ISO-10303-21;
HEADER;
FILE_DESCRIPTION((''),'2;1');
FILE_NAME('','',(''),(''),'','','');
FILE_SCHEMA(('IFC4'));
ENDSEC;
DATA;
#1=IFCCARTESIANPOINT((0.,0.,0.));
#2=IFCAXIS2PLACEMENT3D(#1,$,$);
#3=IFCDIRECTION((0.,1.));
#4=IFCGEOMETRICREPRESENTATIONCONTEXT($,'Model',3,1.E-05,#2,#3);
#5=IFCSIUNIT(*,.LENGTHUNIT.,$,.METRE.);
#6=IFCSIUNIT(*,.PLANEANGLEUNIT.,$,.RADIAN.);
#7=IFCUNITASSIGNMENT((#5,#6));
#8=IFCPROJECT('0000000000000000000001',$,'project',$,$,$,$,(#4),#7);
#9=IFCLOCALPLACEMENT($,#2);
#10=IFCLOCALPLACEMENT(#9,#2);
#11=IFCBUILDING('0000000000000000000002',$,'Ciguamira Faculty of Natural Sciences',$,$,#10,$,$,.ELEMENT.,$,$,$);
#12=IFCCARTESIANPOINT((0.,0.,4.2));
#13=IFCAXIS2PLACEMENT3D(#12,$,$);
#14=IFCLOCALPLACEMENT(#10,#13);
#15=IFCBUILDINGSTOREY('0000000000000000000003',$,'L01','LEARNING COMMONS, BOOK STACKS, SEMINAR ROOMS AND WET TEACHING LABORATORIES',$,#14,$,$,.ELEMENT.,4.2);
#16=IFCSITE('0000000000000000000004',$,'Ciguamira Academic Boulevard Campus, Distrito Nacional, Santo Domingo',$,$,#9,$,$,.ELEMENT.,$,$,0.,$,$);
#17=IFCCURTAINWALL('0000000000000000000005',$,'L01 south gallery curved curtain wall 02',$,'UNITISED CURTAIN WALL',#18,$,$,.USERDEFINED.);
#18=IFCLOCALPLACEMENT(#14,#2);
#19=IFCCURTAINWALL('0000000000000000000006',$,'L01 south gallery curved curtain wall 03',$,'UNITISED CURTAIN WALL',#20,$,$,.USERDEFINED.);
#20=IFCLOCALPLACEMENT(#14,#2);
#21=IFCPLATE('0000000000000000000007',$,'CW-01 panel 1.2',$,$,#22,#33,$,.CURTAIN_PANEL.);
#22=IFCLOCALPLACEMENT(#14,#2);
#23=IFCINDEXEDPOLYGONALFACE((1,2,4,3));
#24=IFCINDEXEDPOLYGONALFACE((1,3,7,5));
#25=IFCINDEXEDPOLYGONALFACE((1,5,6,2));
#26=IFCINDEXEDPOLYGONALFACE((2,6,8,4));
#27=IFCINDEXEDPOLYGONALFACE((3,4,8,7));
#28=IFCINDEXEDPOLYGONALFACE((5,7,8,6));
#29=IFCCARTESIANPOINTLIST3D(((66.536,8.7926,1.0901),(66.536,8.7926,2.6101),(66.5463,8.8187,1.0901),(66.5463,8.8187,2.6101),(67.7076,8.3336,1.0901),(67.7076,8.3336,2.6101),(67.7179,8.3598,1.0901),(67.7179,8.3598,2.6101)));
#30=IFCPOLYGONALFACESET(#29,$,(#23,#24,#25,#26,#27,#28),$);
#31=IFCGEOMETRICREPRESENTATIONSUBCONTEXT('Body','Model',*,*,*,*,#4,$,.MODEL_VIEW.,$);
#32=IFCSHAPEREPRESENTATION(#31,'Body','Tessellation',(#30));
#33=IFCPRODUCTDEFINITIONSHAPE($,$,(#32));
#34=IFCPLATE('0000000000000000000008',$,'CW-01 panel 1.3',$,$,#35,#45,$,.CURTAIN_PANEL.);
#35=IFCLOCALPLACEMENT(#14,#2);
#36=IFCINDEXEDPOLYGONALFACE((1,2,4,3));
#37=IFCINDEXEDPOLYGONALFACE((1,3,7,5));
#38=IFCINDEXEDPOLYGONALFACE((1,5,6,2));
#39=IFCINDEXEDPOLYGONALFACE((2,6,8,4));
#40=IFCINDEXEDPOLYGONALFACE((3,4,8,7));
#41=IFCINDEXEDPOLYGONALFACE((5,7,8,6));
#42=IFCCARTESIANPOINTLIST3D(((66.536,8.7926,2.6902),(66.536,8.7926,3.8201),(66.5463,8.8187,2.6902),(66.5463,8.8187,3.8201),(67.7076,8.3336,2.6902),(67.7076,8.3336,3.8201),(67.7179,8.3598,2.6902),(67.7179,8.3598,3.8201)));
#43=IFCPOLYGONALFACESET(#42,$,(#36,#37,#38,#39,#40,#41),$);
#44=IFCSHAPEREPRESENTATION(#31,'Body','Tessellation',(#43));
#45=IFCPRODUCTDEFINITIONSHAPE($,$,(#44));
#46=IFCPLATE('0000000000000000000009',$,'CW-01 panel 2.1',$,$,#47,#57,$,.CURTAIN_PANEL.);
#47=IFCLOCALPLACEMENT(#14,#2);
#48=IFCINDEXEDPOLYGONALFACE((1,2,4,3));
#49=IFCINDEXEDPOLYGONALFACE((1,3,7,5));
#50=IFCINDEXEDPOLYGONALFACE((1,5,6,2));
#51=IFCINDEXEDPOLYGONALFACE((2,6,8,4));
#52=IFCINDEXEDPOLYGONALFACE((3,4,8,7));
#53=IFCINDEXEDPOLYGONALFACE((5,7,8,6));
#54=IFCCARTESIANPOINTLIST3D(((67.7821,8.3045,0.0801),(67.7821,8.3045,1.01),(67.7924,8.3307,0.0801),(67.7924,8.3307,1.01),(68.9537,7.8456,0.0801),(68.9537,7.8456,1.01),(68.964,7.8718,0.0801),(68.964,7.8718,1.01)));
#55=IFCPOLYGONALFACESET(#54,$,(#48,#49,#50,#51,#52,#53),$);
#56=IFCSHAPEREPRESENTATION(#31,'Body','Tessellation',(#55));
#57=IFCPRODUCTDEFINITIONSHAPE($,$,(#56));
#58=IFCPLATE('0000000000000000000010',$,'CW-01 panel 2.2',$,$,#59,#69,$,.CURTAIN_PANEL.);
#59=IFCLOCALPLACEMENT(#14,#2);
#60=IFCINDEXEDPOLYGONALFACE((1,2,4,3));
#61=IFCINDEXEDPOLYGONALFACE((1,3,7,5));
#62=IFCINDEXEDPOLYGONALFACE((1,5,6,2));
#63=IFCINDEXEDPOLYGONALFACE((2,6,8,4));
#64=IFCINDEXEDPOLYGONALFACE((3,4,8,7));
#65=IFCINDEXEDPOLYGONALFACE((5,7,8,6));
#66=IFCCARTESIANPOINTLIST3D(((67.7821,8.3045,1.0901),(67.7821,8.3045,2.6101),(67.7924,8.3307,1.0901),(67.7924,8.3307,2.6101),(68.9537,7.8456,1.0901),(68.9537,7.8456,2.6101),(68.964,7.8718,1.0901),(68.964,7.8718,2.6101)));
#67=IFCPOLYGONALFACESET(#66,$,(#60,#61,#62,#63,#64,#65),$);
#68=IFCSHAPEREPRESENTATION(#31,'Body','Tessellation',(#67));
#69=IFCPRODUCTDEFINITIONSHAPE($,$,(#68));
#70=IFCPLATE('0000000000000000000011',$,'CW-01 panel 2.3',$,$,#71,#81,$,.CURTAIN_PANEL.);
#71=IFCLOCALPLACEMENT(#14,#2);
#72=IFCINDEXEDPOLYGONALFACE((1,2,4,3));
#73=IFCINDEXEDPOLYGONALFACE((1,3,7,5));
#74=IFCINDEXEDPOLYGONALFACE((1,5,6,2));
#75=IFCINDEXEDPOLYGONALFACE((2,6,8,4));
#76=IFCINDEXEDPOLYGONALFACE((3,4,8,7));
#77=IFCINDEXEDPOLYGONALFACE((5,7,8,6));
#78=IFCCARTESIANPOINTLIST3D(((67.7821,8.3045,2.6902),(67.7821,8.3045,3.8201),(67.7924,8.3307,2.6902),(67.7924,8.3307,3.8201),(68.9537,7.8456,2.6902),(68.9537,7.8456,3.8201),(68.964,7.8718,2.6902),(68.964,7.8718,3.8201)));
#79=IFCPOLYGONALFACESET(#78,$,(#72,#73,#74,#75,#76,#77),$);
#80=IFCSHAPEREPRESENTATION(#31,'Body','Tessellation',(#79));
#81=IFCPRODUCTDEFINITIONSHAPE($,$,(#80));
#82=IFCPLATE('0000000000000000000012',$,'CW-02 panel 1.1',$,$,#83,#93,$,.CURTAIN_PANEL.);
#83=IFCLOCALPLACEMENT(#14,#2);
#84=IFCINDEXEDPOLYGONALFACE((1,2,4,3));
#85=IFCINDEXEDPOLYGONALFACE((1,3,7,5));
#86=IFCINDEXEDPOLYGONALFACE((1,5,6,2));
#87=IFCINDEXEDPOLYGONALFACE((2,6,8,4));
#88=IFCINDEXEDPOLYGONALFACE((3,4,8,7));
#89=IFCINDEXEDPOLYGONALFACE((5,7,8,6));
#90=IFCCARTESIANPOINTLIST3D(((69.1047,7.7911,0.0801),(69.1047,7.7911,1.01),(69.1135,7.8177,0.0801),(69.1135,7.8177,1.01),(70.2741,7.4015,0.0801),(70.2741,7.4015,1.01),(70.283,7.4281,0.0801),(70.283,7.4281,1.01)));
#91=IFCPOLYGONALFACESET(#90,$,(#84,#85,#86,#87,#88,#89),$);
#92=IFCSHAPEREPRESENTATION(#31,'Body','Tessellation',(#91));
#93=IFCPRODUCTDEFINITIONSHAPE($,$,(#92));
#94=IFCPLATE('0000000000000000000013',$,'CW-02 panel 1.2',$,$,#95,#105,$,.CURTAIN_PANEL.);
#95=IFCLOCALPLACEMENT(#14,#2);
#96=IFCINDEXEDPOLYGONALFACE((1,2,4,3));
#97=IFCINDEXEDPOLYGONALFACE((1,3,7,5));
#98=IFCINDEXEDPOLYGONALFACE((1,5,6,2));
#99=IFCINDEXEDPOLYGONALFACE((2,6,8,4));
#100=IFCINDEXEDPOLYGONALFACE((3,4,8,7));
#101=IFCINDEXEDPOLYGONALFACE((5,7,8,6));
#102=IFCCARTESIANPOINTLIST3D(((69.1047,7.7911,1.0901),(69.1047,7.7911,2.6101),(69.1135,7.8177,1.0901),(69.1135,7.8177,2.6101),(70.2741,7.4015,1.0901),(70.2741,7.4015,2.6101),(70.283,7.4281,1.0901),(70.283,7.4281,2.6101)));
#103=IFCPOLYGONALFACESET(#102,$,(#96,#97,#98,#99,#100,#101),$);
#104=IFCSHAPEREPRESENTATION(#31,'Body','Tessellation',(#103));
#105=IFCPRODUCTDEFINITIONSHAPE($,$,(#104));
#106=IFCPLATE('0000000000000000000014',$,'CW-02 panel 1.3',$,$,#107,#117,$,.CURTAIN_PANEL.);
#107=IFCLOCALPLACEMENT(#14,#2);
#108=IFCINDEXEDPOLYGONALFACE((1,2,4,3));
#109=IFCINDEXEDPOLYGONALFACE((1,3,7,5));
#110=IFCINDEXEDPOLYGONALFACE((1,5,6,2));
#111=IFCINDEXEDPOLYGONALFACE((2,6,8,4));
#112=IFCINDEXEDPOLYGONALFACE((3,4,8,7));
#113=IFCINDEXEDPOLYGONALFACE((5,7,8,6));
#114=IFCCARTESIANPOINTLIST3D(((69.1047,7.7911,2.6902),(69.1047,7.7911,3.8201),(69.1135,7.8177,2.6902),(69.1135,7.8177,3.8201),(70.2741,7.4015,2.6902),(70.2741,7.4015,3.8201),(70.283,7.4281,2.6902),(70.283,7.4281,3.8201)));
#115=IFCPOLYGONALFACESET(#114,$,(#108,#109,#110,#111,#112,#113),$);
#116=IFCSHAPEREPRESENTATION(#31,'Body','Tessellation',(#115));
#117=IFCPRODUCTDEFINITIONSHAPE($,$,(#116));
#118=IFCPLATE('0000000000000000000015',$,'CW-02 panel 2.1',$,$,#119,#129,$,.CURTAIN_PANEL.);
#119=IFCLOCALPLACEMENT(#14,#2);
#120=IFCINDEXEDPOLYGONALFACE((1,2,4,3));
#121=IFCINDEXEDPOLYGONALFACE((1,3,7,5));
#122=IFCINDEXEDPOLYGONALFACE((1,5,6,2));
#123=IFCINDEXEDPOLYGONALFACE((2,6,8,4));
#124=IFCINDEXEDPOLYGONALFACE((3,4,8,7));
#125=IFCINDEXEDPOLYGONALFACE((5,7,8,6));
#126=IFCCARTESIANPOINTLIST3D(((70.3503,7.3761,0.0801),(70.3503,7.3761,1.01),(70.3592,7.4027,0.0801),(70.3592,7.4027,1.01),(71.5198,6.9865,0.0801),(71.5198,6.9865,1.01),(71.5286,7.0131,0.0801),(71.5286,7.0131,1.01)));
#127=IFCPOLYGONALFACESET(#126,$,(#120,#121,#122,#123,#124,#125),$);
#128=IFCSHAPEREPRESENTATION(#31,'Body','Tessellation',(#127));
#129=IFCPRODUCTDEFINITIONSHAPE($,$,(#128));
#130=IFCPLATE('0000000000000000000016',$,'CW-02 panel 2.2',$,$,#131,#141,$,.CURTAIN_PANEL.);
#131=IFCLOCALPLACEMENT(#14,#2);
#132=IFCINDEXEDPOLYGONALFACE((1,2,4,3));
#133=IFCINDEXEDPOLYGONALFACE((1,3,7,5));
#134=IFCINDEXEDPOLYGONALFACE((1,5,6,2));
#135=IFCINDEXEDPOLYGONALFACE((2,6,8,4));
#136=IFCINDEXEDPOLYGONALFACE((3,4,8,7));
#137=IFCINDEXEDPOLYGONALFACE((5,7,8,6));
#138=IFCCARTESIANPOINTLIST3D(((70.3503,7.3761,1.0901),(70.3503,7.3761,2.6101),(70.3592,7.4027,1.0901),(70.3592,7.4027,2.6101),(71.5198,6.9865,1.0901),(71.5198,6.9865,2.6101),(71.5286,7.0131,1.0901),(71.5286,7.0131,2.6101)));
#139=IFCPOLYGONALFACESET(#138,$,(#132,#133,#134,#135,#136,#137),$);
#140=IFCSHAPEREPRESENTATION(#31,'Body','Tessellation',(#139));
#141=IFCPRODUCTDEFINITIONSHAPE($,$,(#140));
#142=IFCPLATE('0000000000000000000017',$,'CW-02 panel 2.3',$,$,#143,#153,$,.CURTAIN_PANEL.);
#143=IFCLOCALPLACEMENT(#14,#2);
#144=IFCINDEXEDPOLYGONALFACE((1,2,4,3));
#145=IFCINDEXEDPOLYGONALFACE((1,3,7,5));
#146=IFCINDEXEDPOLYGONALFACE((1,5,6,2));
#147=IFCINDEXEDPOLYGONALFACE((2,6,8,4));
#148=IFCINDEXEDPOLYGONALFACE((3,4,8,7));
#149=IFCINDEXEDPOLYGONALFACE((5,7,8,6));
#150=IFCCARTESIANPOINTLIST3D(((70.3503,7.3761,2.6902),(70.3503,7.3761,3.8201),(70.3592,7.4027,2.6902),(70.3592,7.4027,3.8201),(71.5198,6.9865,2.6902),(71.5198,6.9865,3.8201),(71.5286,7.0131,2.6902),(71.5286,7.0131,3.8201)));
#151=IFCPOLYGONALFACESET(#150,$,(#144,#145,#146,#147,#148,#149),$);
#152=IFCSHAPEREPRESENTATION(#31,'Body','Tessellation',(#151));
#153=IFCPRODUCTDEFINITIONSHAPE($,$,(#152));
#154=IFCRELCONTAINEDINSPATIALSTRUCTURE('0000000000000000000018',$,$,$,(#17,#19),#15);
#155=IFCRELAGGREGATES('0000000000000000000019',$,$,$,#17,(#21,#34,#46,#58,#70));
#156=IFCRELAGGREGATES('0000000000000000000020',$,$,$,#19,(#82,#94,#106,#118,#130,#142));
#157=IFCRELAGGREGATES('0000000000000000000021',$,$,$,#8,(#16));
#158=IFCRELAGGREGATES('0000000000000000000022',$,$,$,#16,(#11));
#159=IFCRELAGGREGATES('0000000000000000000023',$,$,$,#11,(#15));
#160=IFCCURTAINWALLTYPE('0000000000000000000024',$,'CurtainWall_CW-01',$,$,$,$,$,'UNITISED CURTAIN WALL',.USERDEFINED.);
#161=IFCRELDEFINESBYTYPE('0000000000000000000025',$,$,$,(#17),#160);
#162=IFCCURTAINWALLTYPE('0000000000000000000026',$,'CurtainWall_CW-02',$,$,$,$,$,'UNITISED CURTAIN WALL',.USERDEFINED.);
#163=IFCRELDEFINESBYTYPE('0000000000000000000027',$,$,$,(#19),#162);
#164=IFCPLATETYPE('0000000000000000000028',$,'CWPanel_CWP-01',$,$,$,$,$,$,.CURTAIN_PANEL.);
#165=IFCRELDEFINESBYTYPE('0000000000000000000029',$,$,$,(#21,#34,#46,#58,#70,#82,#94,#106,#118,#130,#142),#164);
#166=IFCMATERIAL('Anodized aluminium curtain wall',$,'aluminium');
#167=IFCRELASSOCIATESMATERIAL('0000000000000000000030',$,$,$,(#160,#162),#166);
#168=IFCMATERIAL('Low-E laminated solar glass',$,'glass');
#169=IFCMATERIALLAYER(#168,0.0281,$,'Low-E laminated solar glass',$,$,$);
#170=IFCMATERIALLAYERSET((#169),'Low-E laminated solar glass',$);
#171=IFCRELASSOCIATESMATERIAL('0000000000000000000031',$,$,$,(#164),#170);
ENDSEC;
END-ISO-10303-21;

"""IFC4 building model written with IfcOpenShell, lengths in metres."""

from ifc_helpers import new_model, si_unit, direction, frame, origin, origin_2d, place, context, subcontext, project, spatial, rectangle, extrude, material, layer, layer_set, type_object, element, aggregate, save


model = new_model("IFC4")

# Units and contexts
model_context = context("Model", 3, precision=1e-05, world=origin(), true_north=direction((0.0, 1.0)))
body_context = subcontext(model_context, "Body", "Model", "MODEL_VIEW")
ifc_project = project(units=[si_unit("LENGTHUNIT", "METRE"), si_unit("PLANEANGLEUNIT", "RADIAN")], contexts=[model_context])

# Site, building, storey
site_placement = place(None, origin())
site = spatial("IfcSite", under=ifc_project, at=site_placement, Name="Ciguamira Academic Boulevard Campus, Distrito Nacional, Santo Domingo", CompositionType="ELEMENT", RefElevation=0.0)
building_placement = place(site_placement, origin())
building = spatial("IfcBuilding", under=site, at=building_placement, Name="Ciguamira Faculty of Natural Sciences", CompositionType="ELEMENT")
storey_placement = place(building_placement, frame((0.0, 0.0, 4.2)))
storey = spatial("IfcBuildingStorey", under=building, at=storey_placement, Name="L01", Description="LEARNING COMMONS, BOOK STACKS, SEMINAR ROOMS AND WET TEACHING LABORATORIES", CompositionType="ELEMENT", Elevation=4.2)

# Shared definitions
ifc_material_1 = material(Name="Anodized aluminium curtain wall", Category="aluminium")

# Curtain walls
curtain_wall_type_1 = type_object("IfcCurtainWallType", Name="CurtainWall_CW-01", ElementType="UNITISED CURTAIN WALL", PredefinedType="USERDEFINED", material=ifc_material_1)
curtain_wall_1_placement = place(storey_placement, origin())
curtain_wall_1 = element("IfcCurtainWall", 1, at=curtain_wall_1_placement, inside=storey, type_object=curtain_wall_type_1, Name="L01 south gallery curved curtain wall 02", ObjectType="UNITISED CURTAIN WALL", PredefinedType="USERDEFINED")
curtain_wall_type_2 = type_object("IfcCurtainWallType", Name="CurtainWall_CW-02", ElementType="UNITISED CURTAIN WALL", PredefinedType="USERDEFINED", material=ifc_material_1)
curtain_wall_2_placement = place(storey_placement, origin())
curtain_wall_2 = element("IfcCurtainWall", 2, at=curtain_wall_2_placement, inside=storey, type_object=curtain_wall_type_2, Name="L01 south gallery curved curtain wall 03", ObjectType="UNITISED CURTAIN WALL", PredefinedType="USERDEFINED")

# Plates
ifc_material_2 = material(Name="Low-E laminated solar glass", Category="glass")
ifc_layer = layer(ifc_material_2, 0.0281, Name="Low-E laminated solar glass")
ifc_layer_set = layer_set([ifc_layer], Name="Low-E laminated solar glass")
plate_type = type_object("IfcPlateType", Name="CWPanel_CWP-01", PredefinedType="CURTAIN_PANEL", material=ifc_layer_set)
plate_1_placement = place(storey_placement, frame((67.127, 8.5762, 1.0901), z_axis=(0.0, 0.0, 1.0), x_axis=(0.931122, -0.364707, 0.0)))
plate_1 = element("IfcPlate", 3, at=plate_1_placement, type_object=plate_type, Name="CW-01 panel 1.2", PredefinedType="CURTAIN_PANEL", context=body_context, shape_type="SweptSolid", body=[
    extrude(rectangle(XDim=1.2583, YDim=0.0281, at=origin_2d()), origin(), (0.0, 0.0, 1.0), 1.52),
])
plate_2_placement = place(storey_placement, frame((67.127, 8.5762, 2.6902), z_axis=(0.0, 0.0, 1.0), x_axis=(0.931122, -0.364707, 0.0)))
plate_2 = element("IfcPlate", 4, at=plate_2_placement, type_object=plate_type, Name="CW-01 panel 1.3", PredefinedType="CURTAIN_PANEL", context=body_context, shape_type="SweptSolid", body=[
    extrude(rectangle(XDim=1.2583, YDim=0.0281, at=origin_2d()), origin(), (0.0, 0.0, 1.0), 1.1299),
])
plate_3_placement = place(storey_placement, frame((68.373, 8.0881, 0.0801), z_axis=(0.0, 0.0, 1.0), x_axis=(0.931122, -0.364707, 0.0)))
plate_3 = element("IfcPlate", 5, at=plate_3_placement, type_object=plate_type, Name="CW-01 panel 2.1", PredefinedType="CURTAIN_PANEL", context=body_context, shape_type="SweptSolid", body=[
    extrude(rectangle(XDim=1.2583, YDim=0.0281, at=origin_2d()), origin(), (0.0, 0.0, 1.0), 0.9299),
])
plate_4_placement = place(storey_placement, frame((68.373, 8.0881, 1.0901), z_axis=(0.0, 0.0, 1.0), x_axis=(0.931122, -0.364707, 0.0)))
plate_4 = element("IfcPlate", 6, at=plate_4_placement, type_object=plate_type, Name="CW-01 panel 2.2", PredefinedType="CURTAIN_PANEL", context=body_context, shape_type="SweptSolid", body=[
    extrude(rectangle(XDim=1.2583, YDim=0.0281, at=origin_2d()), origin(), (0.0, 0.0, 1.0), 1.52),
])
plate_5_placement = place(storey_placement, frame((68.373, 8.0881, 2.6902), z_axis=(0.0, 0.0, 1.0), x_axis=(0.931122, -0.364707, 0.0)))
plate_5 = element("IfcPlate", 7, at=plate_5_placement, type_object=plate_type, Name="CW-01 panel 2.3", PredefinedType="CURTAIN_PANEL", context=body_context, shape_type="SweptSolid", body=[
    extrude(rectangle(XDim=1.2583, YDim=0.0281, at=origin_2d()), origin(), (0.0, 0.0, 1.0), 1.1299),
])
aggregate(curtain_wall_1, [plate_1, plate_2, plate_3, plate_4, plate_5])
plate_6_placement = place(storey_placement, frame((69.6938, 7.6096, 0.0801), z_axis=(0.0, 0.0, 1.0), x_axis=(0.948735, -0.316073, 0.0)))
plate_6 = element("IfcPlate", 8, at=plate_6_placement, type_object=plate_type, Name="CW-02 panel 1.1", PredefinedType="CURTAIN_PANEL", context=body_context, shape_type="SweptSolid", body=[
    extrude(rectangle(XDim=1.2327, YDim=0.0281, at=origin_2d()), origin(), (0.0, 0.0, 1.0), 0.9299),
])
plate_7_placement = place(storey_placement, frame((69.6938, 7.6096, 1.0901), z_axis=(0.0, 0.0, 1.0), x_axis=(0.948735, -0.316073, 0.0)))
plate_7 = element("IfcPlate", 9, at=plate_7_placement, type_object=plate_type, Name="CW-02 panel 1.2", PredefinedType="CURTAIN_PANEL", context=body_context, shape_type="SweptSolid", body=[
    extrude(rectangle(XDim=1.2327, YDim=0.0281, at=origin_2d()), origin(), (0.0, 0.0, 1.0), 1.52),
])
plate_8_placement = place(storey_placement, frame((69.6938, 7.6096, 2.6902), z_axis=(0.0, 0.0, 1.0), x_axis=(0.948735, -0.316073, 0.0)))
plate_8 = element("IfcPlate", 10, at=plate_8_placement, type_object=plate_type, Name="CW-02 panel 1.3", PredefinedType="CURTAIN_PANEL", context=body_context, shape_type="SweptSolid", body=[
    extrude(rectangle(XDim=1.2327, YDim=0.0281, at=origin_2d()), origin(), (0.0, 0.0, 1.0), 1.1299),
])
plate_9_placement = place(storey_placement, frame((70.9395, 7.1946, 0.0801), z_axis=(0.0, 0.0, 1.0), x_axis=(0.948735, -0.316073, 0.0)))
plate_9 = element("IfcPlate", 11, at=plate_9_placement, type_object=plate_type, Name="CW-02 panel 2.1", PredefinedType="CURTAIN_PANEL", context=body_context, shape_type="SweptSolid", body=[
    extrude(rectangle(XDim=1.2327, YDim=0.0281, at=origin_2d()), origin(), (0.0, 0.0, 1.0), 0.9299),
])
plate_10_placement = place(storey_placement, frame((70.9395, 7.1946, 1.0901), z_axis=(0.0, 0.0, 1.0), x_axis=(0.948735, -0.316073, 0.0)))
plate_10 = element("IfcPlate", 12, at=plate_10_placement, type_object=plate_type, Name="CW-02 panel 2.2", PredefinedType="CURTAIN_PANEL", context=body_context, shape_type="SweptSolid", body=[
    extrude(rectangle(XDim=1.2327, YDim=0.0281, at=origin_2d()), origin(), (0.0, 0.0, 1.0), 1.52),
])
plate_11_placement = place(storey_placement, frame((70.9395, 7.1946, 2.6902), z_axis=(0.0, 0.0, 1.0), x_axis=(0.948735, -0.316073, 0.0)))
plate_11 = element("IfcPlate", 13, at=plate_11_placement, type_object=plate_type, Name="CW-02 panel 2.3", PredefinedType="CURTAIN_PANEL", context=body_context, shape_type="SweptSolid", body=[
    extrude(rectangle(XDim=1.2327, YDim=0.0281, at=origin_2d()), origin(), (0.0, 0.0, 1.0), 1.1299),
])
aggregate(curtain_wall_2, [plate_6, plate_7, plate_8, plate_9, plate_10, plate_11])

save(model, "model.ifc")
